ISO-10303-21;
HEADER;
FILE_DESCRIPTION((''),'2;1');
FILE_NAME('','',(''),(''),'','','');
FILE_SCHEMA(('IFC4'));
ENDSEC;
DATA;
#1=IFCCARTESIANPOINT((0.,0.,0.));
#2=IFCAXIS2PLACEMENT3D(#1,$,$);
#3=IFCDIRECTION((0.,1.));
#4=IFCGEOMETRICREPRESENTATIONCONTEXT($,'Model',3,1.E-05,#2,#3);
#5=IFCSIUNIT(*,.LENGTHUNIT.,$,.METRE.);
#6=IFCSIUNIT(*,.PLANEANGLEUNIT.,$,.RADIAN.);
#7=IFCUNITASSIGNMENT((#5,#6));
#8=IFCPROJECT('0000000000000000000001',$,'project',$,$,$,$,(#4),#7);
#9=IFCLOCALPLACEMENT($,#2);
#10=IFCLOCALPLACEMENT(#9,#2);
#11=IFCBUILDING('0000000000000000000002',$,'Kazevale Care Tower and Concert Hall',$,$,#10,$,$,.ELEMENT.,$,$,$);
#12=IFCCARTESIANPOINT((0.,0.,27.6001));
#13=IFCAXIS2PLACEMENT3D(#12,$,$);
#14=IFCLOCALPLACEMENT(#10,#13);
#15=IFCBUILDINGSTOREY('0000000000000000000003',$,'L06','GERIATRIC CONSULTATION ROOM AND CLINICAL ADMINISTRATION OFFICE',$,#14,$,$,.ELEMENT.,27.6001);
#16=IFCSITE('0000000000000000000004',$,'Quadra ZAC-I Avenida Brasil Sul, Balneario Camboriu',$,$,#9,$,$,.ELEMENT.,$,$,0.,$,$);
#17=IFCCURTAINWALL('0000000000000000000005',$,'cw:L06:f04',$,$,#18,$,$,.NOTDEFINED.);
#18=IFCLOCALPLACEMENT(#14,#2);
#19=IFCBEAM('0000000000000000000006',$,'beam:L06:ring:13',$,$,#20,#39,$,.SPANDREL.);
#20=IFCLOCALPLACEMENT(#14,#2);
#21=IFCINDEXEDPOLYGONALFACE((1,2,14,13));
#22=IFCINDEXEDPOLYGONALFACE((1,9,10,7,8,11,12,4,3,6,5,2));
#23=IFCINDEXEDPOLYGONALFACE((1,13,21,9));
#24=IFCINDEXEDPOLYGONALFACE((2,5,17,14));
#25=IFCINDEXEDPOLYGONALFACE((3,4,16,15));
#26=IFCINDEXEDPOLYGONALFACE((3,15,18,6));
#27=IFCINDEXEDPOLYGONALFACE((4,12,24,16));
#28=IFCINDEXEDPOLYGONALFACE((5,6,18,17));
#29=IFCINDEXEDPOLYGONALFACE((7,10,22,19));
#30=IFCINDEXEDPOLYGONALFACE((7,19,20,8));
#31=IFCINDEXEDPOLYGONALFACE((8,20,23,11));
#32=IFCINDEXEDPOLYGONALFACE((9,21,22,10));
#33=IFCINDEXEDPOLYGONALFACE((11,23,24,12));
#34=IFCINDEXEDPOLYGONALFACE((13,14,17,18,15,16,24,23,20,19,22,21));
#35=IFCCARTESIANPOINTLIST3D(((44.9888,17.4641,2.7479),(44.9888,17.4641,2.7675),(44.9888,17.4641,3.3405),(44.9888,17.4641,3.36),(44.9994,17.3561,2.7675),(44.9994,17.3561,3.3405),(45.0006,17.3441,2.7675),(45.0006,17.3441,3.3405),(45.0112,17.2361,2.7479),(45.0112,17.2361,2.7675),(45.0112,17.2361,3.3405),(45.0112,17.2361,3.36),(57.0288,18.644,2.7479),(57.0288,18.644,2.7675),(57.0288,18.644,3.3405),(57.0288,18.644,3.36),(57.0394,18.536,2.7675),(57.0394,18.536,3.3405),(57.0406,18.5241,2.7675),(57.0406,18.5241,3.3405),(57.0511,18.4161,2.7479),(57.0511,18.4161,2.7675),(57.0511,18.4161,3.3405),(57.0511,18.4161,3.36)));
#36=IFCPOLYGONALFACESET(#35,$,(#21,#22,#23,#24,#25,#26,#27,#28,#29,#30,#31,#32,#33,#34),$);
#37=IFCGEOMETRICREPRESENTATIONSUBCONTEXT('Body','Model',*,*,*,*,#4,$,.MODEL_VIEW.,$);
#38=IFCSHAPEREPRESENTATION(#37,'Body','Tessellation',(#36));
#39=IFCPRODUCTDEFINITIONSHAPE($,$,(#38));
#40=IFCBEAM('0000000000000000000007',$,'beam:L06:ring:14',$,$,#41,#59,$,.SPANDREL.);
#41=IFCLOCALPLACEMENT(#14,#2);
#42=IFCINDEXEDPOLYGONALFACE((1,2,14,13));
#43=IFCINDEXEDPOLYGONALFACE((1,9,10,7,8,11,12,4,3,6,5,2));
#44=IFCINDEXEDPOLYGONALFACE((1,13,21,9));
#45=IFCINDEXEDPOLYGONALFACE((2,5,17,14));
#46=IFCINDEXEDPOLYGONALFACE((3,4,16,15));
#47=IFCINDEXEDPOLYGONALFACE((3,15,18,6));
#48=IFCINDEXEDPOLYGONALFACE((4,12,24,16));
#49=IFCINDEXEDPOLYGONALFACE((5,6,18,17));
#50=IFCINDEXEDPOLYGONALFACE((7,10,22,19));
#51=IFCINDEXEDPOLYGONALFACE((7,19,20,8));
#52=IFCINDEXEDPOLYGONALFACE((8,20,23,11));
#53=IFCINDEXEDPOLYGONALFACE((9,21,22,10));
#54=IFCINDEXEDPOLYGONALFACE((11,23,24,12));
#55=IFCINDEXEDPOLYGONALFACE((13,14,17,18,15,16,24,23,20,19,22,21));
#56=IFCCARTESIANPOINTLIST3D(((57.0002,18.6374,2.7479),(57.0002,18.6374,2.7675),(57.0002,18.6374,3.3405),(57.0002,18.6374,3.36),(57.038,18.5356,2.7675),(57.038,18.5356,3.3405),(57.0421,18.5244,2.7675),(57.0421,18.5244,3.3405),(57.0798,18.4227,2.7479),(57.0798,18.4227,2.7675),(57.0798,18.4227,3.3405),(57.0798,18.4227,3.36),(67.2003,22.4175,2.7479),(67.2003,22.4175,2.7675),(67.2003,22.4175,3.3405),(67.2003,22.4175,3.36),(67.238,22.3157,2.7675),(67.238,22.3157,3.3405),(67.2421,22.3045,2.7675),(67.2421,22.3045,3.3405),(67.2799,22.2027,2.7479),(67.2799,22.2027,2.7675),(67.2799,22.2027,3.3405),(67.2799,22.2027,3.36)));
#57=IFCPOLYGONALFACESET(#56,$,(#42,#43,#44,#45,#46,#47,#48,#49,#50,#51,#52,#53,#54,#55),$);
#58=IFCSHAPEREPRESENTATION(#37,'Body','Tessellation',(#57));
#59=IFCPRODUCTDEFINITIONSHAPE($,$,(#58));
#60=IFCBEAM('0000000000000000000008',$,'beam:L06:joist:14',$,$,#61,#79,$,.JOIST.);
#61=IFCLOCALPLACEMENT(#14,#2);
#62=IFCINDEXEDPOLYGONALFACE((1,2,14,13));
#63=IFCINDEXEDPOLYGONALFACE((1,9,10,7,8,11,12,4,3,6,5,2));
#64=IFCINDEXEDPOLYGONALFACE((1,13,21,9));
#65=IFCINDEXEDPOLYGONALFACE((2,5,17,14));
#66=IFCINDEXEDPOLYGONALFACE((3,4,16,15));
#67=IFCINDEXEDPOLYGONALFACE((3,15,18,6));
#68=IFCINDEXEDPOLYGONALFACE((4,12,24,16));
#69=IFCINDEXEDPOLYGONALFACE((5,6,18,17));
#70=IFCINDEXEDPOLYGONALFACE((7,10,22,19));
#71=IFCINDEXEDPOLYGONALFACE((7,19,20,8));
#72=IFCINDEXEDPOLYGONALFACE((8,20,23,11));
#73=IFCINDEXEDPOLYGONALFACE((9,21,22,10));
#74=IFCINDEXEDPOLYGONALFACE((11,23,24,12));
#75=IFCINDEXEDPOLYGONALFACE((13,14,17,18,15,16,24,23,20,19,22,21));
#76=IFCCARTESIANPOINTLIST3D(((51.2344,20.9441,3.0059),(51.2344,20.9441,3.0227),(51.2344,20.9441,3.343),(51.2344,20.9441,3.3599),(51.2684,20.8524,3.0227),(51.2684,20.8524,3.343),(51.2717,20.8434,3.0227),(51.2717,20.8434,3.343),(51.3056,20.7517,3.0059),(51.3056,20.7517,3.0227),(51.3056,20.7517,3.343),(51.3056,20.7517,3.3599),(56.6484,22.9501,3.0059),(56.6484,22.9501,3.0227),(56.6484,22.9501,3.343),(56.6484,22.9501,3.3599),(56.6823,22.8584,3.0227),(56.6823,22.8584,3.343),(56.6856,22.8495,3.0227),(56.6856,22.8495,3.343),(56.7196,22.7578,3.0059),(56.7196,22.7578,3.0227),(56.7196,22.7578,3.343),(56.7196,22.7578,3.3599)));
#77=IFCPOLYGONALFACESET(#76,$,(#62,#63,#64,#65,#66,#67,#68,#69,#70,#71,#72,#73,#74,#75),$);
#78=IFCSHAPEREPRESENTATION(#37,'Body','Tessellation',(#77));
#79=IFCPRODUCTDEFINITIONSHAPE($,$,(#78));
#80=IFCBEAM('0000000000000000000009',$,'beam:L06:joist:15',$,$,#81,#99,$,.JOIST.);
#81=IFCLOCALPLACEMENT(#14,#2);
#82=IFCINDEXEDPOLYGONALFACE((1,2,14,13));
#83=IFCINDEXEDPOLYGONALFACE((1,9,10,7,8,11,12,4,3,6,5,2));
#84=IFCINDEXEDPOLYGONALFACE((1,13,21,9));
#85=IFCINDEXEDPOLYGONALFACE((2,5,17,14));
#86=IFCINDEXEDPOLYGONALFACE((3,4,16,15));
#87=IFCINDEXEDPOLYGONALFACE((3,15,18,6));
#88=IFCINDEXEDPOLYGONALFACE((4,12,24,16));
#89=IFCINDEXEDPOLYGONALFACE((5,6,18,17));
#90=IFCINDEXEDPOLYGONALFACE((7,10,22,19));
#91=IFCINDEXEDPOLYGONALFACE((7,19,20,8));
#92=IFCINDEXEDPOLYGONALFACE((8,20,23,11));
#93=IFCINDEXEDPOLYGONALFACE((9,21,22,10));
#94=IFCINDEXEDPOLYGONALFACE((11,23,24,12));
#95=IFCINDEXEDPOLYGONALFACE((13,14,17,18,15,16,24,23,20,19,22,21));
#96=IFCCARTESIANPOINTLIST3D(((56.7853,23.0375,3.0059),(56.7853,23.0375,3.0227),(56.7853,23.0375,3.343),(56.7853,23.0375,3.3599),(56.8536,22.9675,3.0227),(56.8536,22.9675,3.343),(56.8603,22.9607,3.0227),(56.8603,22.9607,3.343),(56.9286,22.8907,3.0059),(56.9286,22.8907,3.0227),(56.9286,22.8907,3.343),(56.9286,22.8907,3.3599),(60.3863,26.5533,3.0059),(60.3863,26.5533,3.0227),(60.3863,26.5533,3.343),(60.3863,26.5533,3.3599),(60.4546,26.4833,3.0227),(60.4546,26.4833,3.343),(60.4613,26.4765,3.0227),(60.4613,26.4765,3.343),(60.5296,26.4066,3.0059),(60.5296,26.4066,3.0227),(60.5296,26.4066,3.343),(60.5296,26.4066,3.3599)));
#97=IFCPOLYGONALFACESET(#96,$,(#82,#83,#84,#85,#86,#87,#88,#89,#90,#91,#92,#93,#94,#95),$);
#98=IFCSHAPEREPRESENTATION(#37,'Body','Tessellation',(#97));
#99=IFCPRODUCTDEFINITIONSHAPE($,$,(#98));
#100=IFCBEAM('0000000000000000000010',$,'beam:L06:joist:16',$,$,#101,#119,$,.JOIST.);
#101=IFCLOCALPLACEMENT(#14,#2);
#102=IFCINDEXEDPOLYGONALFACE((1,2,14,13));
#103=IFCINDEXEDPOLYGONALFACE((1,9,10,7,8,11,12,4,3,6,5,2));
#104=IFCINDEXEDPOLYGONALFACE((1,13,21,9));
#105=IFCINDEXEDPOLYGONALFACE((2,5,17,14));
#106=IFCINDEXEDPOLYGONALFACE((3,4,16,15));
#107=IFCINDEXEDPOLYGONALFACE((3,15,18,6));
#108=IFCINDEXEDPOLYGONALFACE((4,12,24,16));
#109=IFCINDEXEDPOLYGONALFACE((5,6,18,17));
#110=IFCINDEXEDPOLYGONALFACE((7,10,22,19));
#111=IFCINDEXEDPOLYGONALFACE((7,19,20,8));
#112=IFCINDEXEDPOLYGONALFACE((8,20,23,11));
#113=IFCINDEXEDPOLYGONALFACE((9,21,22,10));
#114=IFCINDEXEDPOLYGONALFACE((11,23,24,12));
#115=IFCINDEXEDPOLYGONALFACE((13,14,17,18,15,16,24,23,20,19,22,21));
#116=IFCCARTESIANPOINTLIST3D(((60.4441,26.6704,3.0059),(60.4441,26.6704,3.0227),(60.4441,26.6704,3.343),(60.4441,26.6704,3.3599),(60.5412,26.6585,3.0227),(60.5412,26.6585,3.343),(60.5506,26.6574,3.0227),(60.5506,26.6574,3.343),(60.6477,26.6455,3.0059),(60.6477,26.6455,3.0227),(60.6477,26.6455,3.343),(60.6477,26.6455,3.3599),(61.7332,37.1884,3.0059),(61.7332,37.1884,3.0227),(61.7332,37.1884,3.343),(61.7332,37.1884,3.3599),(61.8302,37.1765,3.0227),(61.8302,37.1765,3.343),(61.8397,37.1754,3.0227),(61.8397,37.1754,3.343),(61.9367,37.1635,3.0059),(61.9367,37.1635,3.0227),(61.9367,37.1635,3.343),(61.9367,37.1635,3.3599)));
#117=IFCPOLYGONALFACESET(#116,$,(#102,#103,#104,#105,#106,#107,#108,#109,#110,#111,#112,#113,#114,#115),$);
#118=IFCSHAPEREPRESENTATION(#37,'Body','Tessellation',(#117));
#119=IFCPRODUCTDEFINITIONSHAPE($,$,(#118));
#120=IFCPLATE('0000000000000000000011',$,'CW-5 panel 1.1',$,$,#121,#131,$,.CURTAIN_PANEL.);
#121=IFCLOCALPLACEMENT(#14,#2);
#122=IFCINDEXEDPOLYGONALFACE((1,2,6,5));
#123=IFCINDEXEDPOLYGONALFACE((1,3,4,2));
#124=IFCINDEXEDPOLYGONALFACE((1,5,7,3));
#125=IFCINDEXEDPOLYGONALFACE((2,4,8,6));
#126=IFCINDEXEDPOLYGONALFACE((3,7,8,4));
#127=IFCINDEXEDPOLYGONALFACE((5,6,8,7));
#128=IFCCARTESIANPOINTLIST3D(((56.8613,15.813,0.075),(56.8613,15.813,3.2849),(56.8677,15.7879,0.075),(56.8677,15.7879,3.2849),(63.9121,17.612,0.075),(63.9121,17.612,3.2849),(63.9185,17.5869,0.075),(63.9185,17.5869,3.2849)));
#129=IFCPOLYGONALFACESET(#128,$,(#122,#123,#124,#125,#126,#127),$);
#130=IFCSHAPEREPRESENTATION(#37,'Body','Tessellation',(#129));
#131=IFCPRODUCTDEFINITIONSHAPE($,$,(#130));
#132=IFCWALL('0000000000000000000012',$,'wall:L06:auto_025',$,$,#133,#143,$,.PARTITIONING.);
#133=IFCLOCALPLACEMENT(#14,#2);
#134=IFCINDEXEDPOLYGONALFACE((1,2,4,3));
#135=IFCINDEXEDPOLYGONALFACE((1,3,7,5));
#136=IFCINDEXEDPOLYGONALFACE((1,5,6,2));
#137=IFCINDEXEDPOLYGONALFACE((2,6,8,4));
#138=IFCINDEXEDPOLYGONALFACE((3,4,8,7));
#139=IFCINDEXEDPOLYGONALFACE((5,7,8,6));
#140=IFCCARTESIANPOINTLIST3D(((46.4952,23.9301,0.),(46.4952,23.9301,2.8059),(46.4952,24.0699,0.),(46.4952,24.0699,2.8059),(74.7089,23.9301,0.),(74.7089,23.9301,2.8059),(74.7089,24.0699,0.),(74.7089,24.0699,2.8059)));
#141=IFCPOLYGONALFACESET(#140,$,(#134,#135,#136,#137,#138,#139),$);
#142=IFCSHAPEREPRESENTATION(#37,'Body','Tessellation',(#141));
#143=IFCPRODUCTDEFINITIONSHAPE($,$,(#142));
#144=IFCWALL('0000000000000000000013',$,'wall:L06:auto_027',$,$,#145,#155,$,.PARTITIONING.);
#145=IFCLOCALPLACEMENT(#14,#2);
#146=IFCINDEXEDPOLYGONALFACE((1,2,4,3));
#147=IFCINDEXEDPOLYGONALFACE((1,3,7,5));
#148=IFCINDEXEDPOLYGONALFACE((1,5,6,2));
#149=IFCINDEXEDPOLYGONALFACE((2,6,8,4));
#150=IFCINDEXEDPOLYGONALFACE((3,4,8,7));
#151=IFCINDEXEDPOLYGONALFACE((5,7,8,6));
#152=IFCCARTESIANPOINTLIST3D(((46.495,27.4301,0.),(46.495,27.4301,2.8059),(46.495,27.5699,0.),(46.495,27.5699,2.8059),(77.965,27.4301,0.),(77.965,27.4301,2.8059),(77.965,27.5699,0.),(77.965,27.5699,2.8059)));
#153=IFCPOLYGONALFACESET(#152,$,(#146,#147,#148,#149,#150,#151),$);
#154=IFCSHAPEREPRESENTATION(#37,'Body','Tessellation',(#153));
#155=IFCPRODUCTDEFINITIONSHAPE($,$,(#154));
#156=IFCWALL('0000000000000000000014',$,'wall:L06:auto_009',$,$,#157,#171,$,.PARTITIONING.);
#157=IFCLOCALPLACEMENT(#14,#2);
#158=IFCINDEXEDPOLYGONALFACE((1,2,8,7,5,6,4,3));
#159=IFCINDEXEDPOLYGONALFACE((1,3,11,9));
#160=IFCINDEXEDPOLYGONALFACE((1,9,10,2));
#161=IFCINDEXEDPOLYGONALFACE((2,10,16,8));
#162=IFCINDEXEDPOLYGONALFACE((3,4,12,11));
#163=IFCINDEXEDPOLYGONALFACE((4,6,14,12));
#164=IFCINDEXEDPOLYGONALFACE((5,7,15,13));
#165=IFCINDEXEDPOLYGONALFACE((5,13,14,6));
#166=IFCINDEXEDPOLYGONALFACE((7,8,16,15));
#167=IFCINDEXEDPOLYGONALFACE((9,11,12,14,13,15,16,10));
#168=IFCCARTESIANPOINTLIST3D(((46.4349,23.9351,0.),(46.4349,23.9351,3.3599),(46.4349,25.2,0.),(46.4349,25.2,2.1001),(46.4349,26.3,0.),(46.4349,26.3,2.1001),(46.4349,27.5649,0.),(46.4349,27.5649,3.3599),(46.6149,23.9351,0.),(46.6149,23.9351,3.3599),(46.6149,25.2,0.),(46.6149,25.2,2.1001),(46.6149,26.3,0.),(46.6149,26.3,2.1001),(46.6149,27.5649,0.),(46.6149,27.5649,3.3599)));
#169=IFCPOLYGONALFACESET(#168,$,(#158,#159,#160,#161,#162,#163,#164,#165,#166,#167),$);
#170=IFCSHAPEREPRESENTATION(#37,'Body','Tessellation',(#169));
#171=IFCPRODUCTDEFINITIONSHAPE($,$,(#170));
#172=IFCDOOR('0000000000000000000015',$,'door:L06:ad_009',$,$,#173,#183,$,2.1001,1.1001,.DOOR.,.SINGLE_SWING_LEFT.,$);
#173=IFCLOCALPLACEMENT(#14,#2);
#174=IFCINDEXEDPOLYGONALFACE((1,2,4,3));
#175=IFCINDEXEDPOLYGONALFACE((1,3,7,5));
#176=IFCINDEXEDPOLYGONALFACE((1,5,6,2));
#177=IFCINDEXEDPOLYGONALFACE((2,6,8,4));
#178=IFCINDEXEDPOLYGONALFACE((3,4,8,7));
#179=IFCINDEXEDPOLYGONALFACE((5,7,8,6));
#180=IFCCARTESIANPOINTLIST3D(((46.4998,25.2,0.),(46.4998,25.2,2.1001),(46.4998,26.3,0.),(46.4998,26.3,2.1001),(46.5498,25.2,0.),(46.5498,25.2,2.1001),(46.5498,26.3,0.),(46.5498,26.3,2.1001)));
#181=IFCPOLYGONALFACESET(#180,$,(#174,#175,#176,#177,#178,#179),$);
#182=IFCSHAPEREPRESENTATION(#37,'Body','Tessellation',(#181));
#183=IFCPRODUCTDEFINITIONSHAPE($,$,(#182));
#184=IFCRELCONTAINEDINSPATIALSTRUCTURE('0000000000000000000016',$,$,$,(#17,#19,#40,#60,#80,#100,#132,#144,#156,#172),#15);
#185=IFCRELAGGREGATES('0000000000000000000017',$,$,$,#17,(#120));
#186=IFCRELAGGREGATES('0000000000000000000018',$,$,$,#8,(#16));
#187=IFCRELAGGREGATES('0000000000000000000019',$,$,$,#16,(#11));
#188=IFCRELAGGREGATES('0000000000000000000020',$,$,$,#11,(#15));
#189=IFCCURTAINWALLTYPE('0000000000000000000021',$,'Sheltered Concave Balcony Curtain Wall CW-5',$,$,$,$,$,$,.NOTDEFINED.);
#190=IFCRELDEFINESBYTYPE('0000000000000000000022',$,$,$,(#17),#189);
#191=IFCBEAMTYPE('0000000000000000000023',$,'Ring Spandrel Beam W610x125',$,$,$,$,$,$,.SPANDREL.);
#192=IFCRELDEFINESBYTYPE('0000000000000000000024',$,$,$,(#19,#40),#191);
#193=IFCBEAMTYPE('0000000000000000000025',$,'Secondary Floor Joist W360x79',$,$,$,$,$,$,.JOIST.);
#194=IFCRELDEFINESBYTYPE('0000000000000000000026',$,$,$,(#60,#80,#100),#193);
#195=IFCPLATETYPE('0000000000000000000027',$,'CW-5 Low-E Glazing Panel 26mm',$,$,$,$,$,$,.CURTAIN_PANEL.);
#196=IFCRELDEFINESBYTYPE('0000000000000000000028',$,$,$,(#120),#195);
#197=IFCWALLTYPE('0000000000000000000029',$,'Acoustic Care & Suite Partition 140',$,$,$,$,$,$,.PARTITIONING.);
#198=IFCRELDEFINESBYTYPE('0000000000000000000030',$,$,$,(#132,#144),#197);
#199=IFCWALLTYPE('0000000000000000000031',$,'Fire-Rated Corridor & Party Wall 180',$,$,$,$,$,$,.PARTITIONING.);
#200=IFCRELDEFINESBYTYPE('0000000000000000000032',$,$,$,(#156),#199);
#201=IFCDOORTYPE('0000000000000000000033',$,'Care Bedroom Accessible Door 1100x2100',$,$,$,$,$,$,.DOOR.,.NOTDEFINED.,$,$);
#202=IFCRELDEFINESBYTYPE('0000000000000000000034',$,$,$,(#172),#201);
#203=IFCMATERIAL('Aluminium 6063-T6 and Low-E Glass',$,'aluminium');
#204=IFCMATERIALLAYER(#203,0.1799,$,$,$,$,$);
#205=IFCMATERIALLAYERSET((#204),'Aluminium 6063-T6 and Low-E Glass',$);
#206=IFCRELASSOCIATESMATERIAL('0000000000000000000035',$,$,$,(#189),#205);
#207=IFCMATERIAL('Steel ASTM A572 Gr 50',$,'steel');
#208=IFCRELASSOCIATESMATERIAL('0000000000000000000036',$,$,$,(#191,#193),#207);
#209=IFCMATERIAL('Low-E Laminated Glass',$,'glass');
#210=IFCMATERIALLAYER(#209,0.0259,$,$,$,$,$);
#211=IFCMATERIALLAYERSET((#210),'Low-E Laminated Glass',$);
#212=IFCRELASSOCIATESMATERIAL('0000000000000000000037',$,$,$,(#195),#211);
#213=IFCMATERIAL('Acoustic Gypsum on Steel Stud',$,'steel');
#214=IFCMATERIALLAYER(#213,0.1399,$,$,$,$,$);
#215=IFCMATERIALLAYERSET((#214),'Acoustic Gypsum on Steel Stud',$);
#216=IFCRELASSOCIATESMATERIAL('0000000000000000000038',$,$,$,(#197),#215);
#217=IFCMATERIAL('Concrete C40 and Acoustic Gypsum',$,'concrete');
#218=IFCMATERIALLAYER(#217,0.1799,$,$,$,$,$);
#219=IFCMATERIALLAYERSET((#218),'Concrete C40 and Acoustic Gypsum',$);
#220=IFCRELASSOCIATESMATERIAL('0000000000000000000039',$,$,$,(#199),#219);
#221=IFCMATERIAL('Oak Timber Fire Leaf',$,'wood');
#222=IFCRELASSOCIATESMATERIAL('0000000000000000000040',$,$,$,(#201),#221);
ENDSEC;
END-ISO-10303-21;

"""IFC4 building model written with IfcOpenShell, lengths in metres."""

from ifc_helpers import new_model, si_unit, direction, frame, frame_2d, origin, origin_2d, place, context, subcontext, project, spatial, rectangle, i_section, extrude, material, layer, layer_set, material_profile, profile_set, type_object, element, fill, aggregate, save


model = new_model("IFC4")

# Units and contexts
model_context = context("Model", 3, precision=1e-05, world=origin(), true_north=direction((0.0, 1.0)))
body_context = subcontext(model_context, "Body", "Model", "MODEL_VIEW")
ifc_project = project(units=[si_unit("LENGTHUNIT", "METRE"), si_unit("PLANEANGLEUNIT", "RADIAN")], contexts=[model_context])

# Site, building, storey
site_placement = place(None, origin())
site = spatial("IfcSite", under=ifc_project, at=site_placement, Name="Quadra ZAC-I Avenida Brasil Sul, Balneario Camboriu", CompositionType="ELEMENT", RefElevation=0.0)
building_placement = place(site_placement, origin())
building = spatial("IfcBuilding", under=site, at=building_placement, Name="Kazevale Care Tower and Concert Hall", CompositionType="ELEMENT")
storey_placement = place(building_placement, frame((0.0, 0.0, 27.6001)))
storey = spatial("IfcBuildingStorey", under=building, at=storey_placement, Name="L06", Description="GERIATRIC CONSULTATION ROOM AND CLINICAL ADMINISTRATION OFFICE", CompositionType="ELEMENT", Elevation=27.6001)

# Curtain wall
ifc_material_1 = material(Name="Aluminium 6063-T6 and Low-E Glass", Category="aluminium")
ifc_layer_1 = layer(ifc_material_1, 0.1799)
ifc_layer_set_1 = layer_set([ifc_layer_1], Name="Aluminium 6063-T6 and Low-E Glass")
curtain_wall_type = type_object("IfcCurtainWallType", Name="Sheltered Concave Balcony Curtain Wall CW-5", PredefinedType="NOTDEFINED", material=ifc_layer_set_1)
curtain_wall_1_placement = place(storey_placement, origin())
curtain_wall_1 = element("IfcCurtainWall", 1, at=curtain_wall_1_placement, inside=storey, type_object=curtain_wall_type, Name="cw:L06:f04", PredefinedType="NOTDEFINED")

# Beams
ifc_material_2 = material(Name="Steel ASTM A572 Gr 50", Category="steel")
ifc_material_profile_1 = material_profile(ifc_material_2, i_section(OverallWidth=0.229, OverallDepth=0.6121, WebThickness=0.012, FlangeThickness=0.0195, at=origin_2d()), Name="W610x125")
ifc_profile_set_1 = profile_set([ifc_material_profile_1], Name="Steel ASTM A572 Gr 50")
beam_type_1 = type_object("IfcBeamType", Name="Ring Spandrel Beam W610x125", PredefinedType="SPANDREL", material=ifc_profile_set_1)
beam_1_placement = place(storey_placement, frame((45.0, 17.3501, 3.054), z_axis=(0.995232, 0.097533, 0.0), x_axis=(-0.097533, 0.995232, 0.0)))
element("IfcBeam", 2, at=beam_1_placement, inside=storey, type_object=beam_type_1, Name="beam:L06:ring:13", PredefinedType="SPANDREL", context=body_context, shape_type="SweptSolid", body=[
    extrude(i_section(OverallWidth=0.229, OverallDepth=0.6121, WebThickness=0.012, FlangeThickness=0.0195, at=origin_2d()), origin(), (0.0, 0.0, 1.0), 12.0977),
])
beam_2_placement = place(storey_placement, frame((57.04, 18.53, 3.054), z_axis=(0.937681, 0.347498, 0.0), x_axis=(-0.347498, 0.937681, 0.0)))
element("IfcBeam", 3, at=beam_2_placement, inside=storey, type_object=beam_type_1, Name="beam:L06:ring:14", PredefinedType="SPANDREL", context=body_context, shape_type="SweptSolid", body=[
    extrude(i_section(OverallWidth=0.229, OverallDepth=0.6121, WebThickness=0.012, FlangeThickness=0.0195, at=origin_2d()), origin(), (0.0, 0.0, 1.0), 10.8779),
])
ifc_material_profile_2 = material_profile(ifc_material_2, i_section(OverallWidth=0.2051, OverallDepth=0.354, WebThickness=0.0095, FlangeThickness=0.0168, at=origin_2d()), Name="W360x79")
ifc_profile_set_2 = profile_set([ifc_material_profile_2], Name="Steel ASTM A572 Gr 50")
beam_type_2 = type_object("IfcBeamType", Name="Secondary Floor Joist W360x79", PredefinedType="JOIST", material=ifc_profile_set_2)
beam_3_placement = place(storey_placement, frame((51.27, 20.8479, 3.1829), z_axis=(0.937698, 0.347451, 0.0), x_axis=(-0.347451, 0.937698, 0.0)))
element("IfcBeam", 4, at=beam_3_placement, inside=storey, type_object=beam_type_2, Name="beam:L06:joist:14", PredefinedType="JOIST", context=body_context, shape_type="SweptSolid", body=[
    extrude(i_section(OverallWidth=0.2051, OverallDepth=0.354, WebThickness=0.0095, FlangeThickness=0.0168, at=origin_2d()), origin(), (0.0, 0.0, 1.0), 5.7737),
])
beam_4_placement = place(storey_placement, frame((56.8569, 22.9641, 3.1829), z_axis=(0.715521, 0.698591, 0.0), x_axis=(-0.698591, 0.715521, 0.0)))
element("IfcBeam", 5, at=beam_4_placement, inside=storey, type_object=beam_type_2, Name="beam:L06:joist:15", PredefinedType="JOIST", context=body_context, shape_type="SweptSolid", body=[
    extrude(i_section(OverallWidth=0.2051, OverallDepth=0.354, WebThickness=0.0095, FlangeThickness=0.0168, at=origin_2d()), origin(), (0.0, 0.0, 1.0), 5.0327),
])
beam_5_placement = place(storey_placement, frame((60.5459, 26.658, 3.1829), z_axis=(0.121647, 0.992573, 0.0), x_axis=(-0.992573, 0.121647, 0.0)))
element("IfcBeam", 6, at=beam_5_placement, inside=storey, type_object=beam_type_2, Name="beam:L06:joist:16", PredefinedType="JOIST", context=body_context, shape_type="SweptSolid", body=[
    extrude(i_section(OverallWidth=0.2051, OverallDepth=0.354, WebThickness=0.0095, FlangeThickness=0.0168, at=origin_2d()), origin(), (0.0, 0.0, 1.0), 10.5967),
])

# Plate
ifc_material_3 = material(Name="Low-E Laminated Glass", Category="glass")
ifc_layer_2 = layer(ifc_material_3, 0.0259)
ifc_layer_set_2 = layer_set([ifc_layer_2], Name="Low-E Laminated Glass")
plate_type = type_object("IfcPlateType", Name="CW-5 Low-E Glazing Panel 26mm", PredefinedType="CURTAIN_PANEL", material=ifc_layer_set_2)
plate_placement = place(storey_placement, frame((60.3899, 16.7, 0.075), z_axis=(0.0, 0.0, 1.0), x_axis=(-0.968959, -0.247222, 0.0)))
plate = element("IfcPlate", 7, at=plate_placement, type_object=plate_type, Name="CW-5 panel 1.1", PredefinedType="CURTAIN_PANEL", context=body_context, shape_type="SweptSolid", body=[
    extrude(rectangle(XDim=7.2766, YDim=0.0259, at=origin_2d()), origin(), (0.0, 0.0, 1.0), 3.21),
])
aggregate(curtain_wall_1, [plate])

# Walls
ifc_material_4 = material(Name="Acoustic Gypsum on Steel Stud", Category="steel")
ifc_layer_3 = layer(ifc_material_4, 0.1399)
ifc_layer_set_3 = layer_set([ifc_layer_3], Name="Acoustic Gypsum on Steel Stud")
wall_type_1 = type_object("IfcWallType", Name="Acoustic Care & Suite Partition 140", PredefinedType="PARTITIONING", material=ifc_layer_set_3)
wall_1_placement = place(storey_placement, frame((46.4951, 24.0, 0.0), z_axis=(0.0, 0.0, 1.0), x_axis=(1.0, 0.0, 0.0)))
element("IfcWall", 8, at=wall_1_placement, inside=storey, type_object=wall_type_1, Name="wall:L06:auto_025", PredefinedType="PARTITIONING", context=body_context, shape_type="SweptSolid", body=[
    extrude(rectangle(XDim=28.2136, YDim=0.1399, at=frame_2d((14.1069, 0.0))), origin(), (0.0, 0.0, 1.0), 2.8059),
])
wall_2_placement = place(storey_placement, frame((46.4951, 27.5, 0.0), z_axis=(0.0, 0.0, 1.0), x_axis=(1.0, 0.0, 0.0)))
element("IfcWall", 9, at=wall_2_placement, inside=storey, type_object=wall_type_1, Name="wall:L06:auto_027", PredefinedType="PARTITIONING", context=body_context, shape_type="SweptSolid", body=[
    extrude(rectangle(XDim=31.47, YDim=0.1399, at=frame_2d((15.7349, 0.0))), origin(), (0.0, 0.0, 1.0), 2.8059),
])

# Wall, opening, door
ifc_material_5 = material(Name="Concrete C40 and Acoustic Gypsum", Category="concrete")
ifc_layer_4 = layer(ifc_material_5, 0.1799)
ifc_layer_set_4 = layer_set([ifc_layer_4], Name="Concrete C40 and Acoustic Gypsum")
wall_type_2 = type_object("IfcWallType", Name="Fire-Rated Corridor & Party Wall 180", PredefinedType="PARTITIONING", material=ifc_layer_set_4)
ifc_material_6 = material(Name="Oak Timber Fire Leaf", Category="wood")
wall_3_placement = place(storey_placement, frame((46.5249, 27.5649, 0.0), z_axis=(0.0, 0.0, 1.0), x_axis=(0.0, -1.0, 0.0)))
wall_3 = element("IfcWall", 10, at=wall_3_placement, inside=storey, type_object=wall_type_2, Name="wall:L06:auto_009", PredefinedType="PARTITIONING", context=body_context, shape_type="SweptSolid", body=[
    extrude(rectangle(XDim=3.6299, YDim=0.1799, at=frame_2d((1.8149, 0.0))), origin(), (0.0, 0.0, 1.0), 3.3599),
])
opening_1_placement = place(wall_3_placement, frame((1.2649, 0.0, 0.0)))
opening_1 = element("IfcOpeningElement", 11, at=opening_1_placement, cuts=wall_3, PredefinedType="OPENING", context=body_context, shape_type="SweptSolid", body=[
    extrude(rectangle(XDim=1.1001, YDim=2.1001, at=frame_2d((0.55, 1.05))), frame((0.0, 0.0999, 0.0), z_axis=(0.0, -1.0, 0.0), x_axis=(1.0, 0.0, 0.0)), (0.0, 0.0, 1.0), 0.2),
])
door_type_1 = type_object("IfcDoorType", Name="Care Bedroom Accessible Door 1100x2100", OperationType="NOTDEFINED", PredefinedType="DOOR", material=ifc_material_6)
door_1_placement = place(opening_1_placement, origin())
door_1 = element("IfcDoor", 12, at=door_1_placement, inside=storey, type_object=door_type_1, Name="door:L06:ad_009", OperationType="SINGLE_SWING_LEFT", OverallHeight=2.1001, OverallWidth=1.1001, PredefinedType="DOOR", context=body_context, shape_type="SweptSolid", body=[
    extrude(rectangle(XDim=1.1001, YDim=2.1001, at=frame_2d((0.55, 1.05))), frame((0.0, 0.0249, 0.0), z_axis=(0.0, -1.0, 0.0), x_axis=(1.0, 0.0, 0.0)), (0.0, 0.0, 1.0), 0.05),
])
fill(opening_1, door_1)

save(model, "model.ifc")
